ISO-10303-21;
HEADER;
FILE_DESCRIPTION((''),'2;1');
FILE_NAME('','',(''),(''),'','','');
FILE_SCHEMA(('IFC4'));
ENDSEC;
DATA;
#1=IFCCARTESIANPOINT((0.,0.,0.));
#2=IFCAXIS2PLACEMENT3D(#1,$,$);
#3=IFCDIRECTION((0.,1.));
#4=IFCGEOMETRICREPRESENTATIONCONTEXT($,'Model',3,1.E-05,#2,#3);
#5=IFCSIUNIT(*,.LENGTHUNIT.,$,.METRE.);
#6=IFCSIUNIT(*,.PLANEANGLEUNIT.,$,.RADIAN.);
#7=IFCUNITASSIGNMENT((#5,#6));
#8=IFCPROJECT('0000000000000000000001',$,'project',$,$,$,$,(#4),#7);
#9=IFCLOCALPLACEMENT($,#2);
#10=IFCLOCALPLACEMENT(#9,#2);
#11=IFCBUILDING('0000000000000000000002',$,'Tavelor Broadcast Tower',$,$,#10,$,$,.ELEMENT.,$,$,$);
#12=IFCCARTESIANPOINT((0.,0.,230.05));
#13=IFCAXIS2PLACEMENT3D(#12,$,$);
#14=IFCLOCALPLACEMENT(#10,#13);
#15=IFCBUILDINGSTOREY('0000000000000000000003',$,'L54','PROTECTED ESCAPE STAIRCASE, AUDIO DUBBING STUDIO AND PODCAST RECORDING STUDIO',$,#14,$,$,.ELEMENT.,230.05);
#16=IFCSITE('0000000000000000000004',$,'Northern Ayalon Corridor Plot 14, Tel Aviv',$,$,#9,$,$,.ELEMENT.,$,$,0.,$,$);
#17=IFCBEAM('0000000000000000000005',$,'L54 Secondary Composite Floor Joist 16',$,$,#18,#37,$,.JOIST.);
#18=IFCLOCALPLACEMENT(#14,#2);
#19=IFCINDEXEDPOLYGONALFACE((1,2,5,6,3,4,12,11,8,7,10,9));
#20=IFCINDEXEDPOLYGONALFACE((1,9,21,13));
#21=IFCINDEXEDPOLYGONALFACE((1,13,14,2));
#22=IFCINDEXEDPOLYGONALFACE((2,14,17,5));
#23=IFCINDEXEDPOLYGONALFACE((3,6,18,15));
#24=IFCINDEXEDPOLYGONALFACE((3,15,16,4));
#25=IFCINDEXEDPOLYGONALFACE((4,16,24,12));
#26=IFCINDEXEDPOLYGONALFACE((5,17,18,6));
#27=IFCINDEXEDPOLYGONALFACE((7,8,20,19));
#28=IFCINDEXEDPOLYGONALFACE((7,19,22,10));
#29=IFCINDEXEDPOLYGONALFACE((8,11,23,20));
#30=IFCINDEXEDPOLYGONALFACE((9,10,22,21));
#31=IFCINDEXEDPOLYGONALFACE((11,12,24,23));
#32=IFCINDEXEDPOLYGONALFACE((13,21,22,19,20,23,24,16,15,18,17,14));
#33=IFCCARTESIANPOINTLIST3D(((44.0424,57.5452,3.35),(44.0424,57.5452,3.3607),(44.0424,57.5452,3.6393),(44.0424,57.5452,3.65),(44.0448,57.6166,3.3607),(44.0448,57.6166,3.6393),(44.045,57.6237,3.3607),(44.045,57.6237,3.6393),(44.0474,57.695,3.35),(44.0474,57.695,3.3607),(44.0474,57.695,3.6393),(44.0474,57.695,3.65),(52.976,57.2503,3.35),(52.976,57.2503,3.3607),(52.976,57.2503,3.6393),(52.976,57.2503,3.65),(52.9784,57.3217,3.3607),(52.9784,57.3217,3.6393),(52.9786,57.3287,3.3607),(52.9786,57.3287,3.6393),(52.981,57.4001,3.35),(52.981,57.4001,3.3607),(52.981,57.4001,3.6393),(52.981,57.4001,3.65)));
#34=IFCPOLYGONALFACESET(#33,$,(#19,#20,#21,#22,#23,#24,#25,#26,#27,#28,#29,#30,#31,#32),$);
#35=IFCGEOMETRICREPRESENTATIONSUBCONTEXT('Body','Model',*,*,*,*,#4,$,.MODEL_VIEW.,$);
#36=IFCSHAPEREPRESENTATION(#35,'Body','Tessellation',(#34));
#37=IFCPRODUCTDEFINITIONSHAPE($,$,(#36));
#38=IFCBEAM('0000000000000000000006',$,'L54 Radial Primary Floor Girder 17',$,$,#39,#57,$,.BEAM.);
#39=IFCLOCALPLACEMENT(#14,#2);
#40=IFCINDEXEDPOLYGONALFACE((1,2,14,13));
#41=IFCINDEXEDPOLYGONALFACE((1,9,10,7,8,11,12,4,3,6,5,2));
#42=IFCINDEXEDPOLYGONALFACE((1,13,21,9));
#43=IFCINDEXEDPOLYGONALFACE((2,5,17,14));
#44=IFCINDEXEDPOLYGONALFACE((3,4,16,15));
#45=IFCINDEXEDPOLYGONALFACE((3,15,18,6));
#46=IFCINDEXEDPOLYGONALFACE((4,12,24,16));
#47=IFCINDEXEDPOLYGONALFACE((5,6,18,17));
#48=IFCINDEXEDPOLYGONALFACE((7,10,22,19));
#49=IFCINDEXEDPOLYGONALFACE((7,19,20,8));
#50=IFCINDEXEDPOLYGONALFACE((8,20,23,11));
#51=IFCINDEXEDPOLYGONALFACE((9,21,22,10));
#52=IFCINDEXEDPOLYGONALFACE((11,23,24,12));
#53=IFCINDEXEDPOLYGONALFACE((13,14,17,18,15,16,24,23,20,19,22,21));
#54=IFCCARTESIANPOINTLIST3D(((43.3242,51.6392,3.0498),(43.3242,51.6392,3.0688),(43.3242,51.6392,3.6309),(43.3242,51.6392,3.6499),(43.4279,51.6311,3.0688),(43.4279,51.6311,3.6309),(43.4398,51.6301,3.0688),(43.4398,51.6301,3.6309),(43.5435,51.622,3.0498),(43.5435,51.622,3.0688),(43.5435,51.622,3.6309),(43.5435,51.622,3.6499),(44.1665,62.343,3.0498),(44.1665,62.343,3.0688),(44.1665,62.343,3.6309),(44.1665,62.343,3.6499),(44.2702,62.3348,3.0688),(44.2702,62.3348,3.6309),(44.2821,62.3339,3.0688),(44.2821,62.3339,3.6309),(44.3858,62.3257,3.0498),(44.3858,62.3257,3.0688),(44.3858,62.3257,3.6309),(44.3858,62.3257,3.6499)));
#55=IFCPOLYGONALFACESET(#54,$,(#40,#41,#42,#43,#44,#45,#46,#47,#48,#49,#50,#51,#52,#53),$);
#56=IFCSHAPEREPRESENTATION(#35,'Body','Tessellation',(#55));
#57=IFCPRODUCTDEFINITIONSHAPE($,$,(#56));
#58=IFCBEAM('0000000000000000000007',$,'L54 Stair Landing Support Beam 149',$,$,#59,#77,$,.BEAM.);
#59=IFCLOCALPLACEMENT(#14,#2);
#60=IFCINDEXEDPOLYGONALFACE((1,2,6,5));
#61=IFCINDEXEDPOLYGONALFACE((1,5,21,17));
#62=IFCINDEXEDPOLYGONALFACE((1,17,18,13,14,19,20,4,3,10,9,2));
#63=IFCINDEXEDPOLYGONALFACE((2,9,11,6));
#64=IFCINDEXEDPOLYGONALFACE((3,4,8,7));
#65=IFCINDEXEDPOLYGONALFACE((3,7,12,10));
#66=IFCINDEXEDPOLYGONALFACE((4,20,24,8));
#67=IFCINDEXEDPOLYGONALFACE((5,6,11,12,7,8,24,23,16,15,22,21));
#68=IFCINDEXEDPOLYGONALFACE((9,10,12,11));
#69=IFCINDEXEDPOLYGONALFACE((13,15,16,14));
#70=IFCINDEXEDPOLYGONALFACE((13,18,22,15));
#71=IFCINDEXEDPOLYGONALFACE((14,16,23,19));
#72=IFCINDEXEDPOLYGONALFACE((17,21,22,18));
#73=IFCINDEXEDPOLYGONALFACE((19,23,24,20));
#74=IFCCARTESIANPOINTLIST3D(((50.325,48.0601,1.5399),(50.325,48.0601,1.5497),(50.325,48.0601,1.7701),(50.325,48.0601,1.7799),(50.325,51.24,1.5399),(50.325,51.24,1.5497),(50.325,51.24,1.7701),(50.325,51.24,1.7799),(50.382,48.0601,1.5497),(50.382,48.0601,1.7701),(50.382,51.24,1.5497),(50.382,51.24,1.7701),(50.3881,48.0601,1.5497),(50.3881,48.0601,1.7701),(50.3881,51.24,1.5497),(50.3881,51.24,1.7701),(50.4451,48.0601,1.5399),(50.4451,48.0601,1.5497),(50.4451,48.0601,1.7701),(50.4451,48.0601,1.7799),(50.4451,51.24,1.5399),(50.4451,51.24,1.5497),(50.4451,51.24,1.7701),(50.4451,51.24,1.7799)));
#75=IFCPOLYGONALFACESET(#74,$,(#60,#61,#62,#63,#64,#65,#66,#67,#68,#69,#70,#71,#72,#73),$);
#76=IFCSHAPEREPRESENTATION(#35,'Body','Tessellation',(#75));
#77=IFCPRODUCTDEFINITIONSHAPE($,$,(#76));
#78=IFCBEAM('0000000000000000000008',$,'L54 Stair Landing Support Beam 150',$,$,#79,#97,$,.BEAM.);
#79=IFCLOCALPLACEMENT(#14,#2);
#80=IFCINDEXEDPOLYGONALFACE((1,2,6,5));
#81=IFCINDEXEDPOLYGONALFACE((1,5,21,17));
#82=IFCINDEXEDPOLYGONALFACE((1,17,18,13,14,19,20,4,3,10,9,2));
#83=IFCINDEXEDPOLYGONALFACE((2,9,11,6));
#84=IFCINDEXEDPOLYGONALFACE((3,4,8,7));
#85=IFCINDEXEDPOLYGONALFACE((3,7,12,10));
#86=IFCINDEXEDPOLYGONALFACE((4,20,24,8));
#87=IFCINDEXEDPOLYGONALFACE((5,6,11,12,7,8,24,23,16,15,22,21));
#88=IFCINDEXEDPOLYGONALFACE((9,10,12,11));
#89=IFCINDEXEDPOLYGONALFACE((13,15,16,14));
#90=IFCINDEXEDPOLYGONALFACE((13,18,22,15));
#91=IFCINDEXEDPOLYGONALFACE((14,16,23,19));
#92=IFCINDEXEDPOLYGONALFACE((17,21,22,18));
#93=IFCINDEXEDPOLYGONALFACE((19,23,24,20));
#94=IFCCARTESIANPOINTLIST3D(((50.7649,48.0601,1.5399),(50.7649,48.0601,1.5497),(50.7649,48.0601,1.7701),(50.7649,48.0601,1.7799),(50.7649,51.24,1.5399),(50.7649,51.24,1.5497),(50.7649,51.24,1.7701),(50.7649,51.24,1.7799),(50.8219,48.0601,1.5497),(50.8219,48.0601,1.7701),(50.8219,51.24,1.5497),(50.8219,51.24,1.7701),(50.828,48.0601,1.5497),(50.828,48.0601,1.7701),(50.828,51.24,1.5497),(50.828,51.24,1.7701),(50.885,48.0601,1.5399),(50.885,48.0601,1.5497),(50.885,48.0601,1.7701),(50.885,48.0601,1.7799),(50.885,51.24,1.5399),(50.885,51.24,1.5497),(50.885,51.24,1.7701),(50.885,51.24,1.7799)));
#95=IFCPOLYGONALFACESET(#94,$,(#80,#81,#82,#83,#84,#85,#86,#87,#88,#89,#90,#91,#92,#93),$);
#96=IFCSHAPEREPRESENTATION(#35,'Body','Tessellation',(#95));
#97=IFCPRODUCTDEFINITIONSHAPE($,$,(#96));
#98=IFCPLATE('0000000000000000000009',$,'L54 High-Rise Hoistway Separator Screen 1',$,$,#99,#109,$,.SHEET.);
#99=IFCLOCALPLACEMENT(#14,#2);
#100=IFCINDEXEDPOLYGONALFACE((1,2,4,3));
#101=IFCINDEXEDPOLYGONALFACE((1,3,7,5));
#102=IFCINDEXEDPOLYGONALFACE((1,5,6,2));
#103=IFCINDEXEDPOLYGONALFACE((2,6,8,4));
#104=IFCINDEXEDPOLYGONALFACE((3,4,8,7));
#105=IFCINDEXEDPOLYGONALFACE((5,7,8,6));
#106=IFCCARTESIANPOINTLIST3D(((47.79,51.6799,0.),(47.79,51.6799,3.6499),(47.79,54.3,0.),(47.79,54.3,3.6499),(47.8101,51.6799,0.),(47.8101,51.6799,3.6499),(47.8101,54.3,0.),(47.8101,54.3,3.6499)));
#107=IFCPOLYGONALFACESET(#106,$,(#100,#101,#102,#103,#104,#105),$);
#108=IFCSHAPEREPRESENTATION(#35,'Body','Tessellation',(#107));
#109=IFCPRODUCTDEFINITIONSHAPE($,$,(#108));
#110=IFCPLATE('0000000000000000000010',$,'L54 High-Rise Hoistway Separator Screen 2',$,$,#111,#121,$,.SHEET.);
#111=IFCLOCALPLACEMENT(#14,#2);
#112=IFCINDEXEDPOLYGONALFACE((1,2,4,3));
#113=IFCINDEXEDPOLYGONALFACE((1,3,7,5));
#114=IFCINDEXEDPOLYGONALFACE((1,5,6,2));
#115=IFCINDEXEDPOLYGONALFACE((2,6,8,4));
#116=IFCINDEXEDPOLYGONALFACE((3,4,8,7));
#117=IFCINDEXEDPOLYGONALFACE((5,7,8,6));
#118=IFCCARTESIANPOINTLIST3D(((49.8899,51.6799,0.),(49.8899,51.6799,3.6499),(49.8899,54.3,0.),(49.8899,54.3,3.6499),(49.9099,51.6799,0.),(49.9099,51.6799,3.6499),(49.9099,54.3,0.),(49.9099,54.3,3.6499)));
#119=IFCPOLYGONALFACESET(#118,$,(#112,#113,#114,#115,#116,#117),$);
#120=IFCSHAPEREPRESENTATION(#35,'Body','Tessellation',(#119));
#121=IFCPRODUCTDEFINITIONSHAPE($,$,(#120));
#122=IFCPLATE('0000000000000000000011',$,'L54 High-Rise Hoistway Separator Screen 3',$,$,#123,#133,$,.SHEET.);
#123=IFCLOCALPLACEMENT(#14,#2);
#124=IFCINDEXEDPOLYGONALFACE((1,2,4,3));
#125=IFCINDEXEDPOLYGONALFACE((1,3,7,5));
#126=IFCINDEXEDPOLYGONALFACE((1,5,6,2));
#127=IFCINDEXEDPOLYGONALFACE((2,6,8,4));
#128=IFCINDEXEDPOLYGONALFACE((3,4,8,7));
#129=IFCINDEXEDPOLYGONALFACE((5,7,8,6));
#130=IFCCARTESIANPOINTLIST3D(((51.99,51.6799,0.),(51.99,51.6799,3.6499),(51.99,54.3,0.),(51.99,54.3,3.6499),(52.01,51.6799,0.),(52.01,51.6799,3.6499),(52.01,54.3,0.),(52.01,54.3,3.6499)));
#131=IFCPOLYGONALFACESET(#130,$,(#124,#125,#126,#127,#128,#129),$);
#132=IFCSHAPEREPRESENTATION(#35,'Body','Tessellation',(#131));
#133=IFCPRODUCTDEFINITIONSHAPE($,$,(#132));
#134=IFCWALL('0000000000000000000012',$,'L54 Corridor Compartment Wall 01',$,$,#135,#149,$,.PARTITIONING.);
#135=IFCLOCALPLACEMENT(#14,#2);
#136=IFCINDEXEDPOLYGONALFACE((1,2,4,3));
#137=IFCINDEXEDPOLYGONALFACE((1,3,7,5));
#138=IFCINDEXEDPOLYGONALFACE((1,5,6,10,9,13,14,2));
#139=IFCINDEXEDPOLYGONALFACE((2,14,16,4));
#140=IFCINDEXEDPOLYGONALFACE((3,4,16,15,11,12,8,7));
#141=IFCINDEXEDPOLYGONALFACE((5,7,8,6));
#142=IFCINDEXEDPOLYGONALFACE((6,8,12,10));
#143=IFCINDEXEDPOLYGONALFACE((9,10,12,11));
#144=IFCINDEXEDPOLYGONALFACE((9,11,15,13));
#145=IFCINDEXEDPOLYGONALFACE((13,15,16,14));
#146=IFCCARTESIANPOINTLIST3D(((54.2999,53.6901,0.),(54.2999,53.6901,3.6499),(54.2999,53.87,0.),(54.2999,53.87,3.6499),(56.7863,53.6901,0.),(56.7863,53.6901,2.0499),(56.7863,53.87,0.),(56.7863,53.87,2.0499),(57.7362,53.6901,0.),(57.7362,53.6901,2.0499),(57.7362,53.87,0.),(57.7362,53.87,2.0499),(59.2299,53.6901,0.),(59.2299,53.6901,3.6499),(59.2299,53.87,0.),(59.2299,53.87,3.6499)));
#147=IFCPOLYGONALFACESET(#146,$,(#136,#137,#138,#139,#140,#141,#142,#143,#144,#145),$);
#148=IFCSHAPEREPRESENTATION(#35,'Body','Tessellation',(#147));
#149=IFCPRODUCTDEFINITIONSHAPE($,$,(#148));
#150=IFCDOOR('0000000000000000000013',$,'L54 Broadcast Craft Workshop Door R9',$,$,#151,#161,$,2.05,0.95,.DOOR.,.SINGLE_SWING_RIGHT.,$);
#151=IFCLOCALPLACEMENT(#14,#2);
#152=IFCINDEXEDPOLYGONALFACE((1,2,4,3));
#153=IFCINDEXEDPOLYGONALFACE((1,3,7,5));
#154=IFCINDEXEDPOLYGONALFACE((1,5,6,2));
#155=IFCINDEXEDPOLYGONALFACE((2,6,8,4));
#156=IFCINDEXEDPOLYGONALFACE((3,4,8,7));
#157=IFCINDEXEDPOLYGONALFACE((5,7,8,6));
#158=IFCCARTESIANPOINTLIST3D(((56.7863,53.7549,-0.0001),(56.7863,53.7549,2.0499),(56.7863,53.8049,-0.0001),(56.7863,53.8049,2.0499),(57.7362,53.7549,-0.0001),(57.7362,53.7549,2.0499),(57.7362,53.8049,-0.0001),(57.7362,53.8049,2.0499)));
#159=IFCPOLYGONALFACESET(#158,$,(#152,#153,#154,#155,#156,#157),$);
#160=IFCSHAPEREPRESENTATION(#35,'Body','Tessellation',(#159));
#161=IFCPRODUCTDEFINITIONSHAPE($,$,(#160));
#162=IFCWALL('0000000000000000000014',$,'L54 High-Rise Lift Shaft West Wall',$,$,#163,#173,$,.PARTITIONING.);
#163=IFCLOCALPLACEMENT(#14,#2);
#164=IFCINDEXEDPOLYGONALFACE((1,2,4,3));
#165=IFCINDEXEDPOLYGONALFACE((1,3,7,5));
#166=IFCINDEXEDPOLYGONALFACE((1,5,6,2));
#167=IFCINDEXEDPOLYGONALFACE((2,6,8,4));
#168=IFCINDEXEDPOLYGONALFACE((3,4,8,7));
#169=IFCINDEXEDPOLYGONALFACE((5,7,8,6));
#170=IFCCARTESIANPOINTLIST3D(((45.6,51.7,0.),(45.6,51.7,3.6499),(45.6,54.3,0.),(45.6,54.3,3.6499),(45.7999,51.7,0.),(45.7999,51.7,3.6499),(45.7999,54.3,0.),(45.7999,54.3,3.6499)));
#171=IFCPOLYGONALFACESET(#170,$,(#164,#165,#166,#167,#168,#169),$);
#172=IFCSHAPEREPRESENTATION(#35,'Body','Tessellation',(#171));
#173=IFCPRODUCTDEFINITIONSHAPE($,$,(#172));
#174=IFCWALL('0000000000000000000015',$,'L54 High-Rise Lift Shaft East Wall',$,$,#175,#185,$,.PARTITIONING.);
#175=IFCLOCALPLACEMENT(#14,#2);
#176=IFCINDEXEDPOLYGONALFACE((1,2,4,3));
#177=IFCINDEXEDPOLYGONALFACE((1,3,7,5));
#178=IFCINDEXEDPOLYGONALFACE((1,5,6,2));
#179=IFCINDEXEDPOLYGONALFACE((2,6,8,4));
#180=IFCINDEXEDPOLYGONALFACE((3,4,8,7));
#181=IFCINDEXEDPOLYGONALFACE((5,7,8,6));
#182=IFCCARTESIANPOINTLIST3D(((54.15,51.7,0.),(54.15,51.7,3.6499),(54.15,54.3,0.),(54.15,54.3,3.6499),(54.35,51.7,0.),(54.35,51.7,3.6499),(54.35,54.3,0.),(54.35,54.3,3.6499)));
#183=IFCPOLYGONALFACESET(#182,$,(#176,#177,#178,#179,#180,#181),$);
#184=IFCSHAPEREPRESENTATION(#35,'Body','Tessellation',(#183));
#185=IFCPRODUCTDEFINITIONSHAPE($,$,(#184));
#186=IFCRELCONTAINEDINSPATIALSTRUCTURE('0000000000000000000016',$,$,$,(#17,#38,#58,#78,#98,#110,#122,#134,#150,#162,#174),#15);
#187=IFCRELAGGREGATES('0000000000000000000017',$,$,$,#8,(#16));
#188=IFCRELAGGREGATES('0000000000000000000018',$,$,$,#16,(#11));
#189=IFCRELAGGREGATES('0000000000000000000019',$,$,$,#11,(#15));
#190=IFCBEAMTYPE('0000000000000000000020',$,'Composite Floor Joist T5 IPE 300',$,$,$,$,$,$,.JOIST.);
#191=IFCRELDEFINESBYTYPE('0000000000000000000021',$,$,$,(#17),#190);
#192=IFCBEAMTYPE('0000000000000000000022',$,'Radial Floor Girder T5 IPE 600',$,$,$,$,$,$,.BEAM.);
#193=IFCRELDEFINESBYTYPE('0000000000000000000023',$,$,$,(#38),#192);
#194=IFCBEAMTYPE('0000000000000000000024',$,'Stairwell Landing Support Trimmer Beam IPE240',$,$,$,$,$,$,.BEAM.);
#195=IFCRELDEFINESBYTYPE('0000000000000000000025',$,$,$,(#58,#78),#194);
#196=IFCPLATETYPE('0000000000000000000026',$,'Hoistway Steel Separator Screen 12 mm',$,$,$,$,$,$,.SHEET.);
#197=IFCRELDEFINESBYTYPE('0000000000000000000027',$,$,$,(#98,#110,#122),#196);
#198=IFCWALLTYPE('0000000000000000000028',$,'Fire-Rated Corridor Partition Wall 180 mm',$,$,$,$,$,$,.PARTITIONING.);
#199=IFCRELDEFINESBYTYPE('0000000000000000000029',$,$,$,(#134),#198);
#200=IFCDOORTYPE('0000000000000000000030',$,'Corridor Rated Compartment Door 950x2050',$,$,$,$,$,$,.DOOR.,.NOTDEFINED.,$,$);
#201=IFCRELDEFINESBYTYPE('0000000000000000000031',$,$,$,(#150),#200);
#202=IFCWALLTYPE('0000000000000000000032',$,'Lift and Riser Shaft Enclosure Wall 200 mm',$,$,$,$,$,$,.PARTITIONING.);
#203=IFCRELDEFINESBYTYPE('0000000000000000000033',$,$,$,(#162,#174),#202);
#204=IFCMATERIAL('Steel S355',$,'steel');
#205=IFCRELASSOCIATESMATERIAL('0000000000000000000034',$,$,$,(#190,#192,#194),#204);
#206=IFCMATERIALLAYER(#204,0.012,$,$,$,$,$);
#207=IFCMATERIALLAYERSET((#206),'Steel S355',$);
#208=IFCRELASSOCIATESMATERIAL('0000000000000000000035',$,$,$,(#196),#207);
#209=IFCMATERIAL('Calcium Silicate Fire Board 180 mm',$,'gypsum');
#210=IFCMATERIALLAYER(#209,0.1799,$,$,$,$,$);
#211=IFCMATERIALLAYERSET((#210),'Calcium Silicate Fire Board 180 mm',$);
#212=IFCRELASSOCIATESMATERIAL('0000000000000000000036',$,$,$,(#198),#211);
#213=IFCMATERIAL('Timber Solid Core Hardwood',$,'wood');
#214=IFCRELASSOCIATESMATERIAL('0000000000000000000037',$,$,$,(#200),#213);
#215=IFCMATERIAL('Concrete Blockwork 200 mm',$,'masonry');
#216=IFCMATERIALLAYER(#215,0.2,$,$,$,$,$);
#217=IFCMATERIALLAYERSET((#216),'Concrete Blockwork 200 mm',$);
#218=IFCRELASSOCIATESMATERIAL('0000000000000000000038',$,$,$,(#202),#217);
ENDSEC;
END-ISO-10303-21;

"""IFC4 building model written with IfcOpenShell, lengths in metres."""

from ifc_helpers import new_model, si_unit, direction, frame, frame_2d, origin, origin_2d, place, context, subcontext, project, spatial, rectangle, i_section, extrude, source, transform, mapped, material, layer, layer_set, material_profile, profile_set, type_object, type_shapes, element, fill, save


model = new_model("IFC4")

# Units and contexts
model_context = context("Model", 3, precision=1e-05, world=origin(), true_north=direction((0.0, 1.0)))
body_context = subcontext(model_context, "Body", "Model", "MODEL_VIEW")
ifc_project = project(units=[si_unit("LENGTHUNIT", "METRE"), si_unit("PLANEANGLEUNIT", "RADIAN")], contexts=[model_context])

# Site, building, storey
site_placement = place(None, origin())
site = spatial("IfcSite", under=ifc_project, at=site_placement, Name="Northern Ayalon Corridor Plot 14, Tel Aviv", CompositionType="ELEMENT", RefElevation=0.0)
building_placement = place(site_placement, origin())
building = spatial("IfcBuilding", under=site, at=building_placement, Name="Tavelor Broadcast Tower", CompositionType="ELEMENT")
storey_placement = place(building_placement, frame((0.0, 0.0, 230.05)))
storey = spatial("IfcBuildingStorey", under=building, at=storey_placement, Name="L54", Description="PROTECTED ESCAPE STAIRCASE, AUDIO DUBBING STUDIO AND PODCAST RECORDING STUDIO", CompositionType="ELEMENT", Elevation=230.05)

# Beams
ifc_material_1 = material(Name="Steel S355", Category="steel")
ifc_material_profile_1 = material_profile(ifc_material_1, i_section(OverallWidth=0.1499, OverallDepth=0.3, WebThickness=0.0071, FlangeThickness=0.0107, at=origin_2d()), Name="IPE 300")
ifc_profile_set_1 = profile_set([ifc_material_profile_1], Name="Steel S355")
beam_type_1 = type_object("IfcBeamType", Name="Composite Floor Joist T5 IPE 300", PredefinedType="JOIST", material=ifc_profile_set_1)
beam_1_placement = place(storey_placement, frame((52.9785, 57.3252, 3.5), z_axis=(-0.999456, 0.032995, 0.0), x_axis=(-0.032995, -0.999456, 0.0)))
element("IfcBeam", 1, at=beam_1_placement, inside=storey, type_object=beam_type_1, Name="L54 Secondary Composite Floor Joist 16", PredefinedType="JOIST", context=body_context, shape_type="SweptSolid", body=[
    extrude(i_section(OverallWidth=0.1499, OverallDepth=0.3, WebThickness=0.0071, FlangeThickness=0.0107, at=origin_2d()), origin(), (0.0, 0.0, 1.0), 8.9385),
])
ifc_material_profile_2 = material_profile(ifc_material_1, i_section(OverallWidth=0.22, OverallDepth=0.6001, WebThickness=0.012, FlangeThickness=0.019, at=origin_2d()), Name="IPE 600")
ifc_profile_set_2 = profile_set([ifc_material_profile_2], Name="Steel S355")
beam_type_2 = type_object("IfcBeamType", Name="Radial Floor Girder T5 IPE 600", PredefinedType="BEAM", material=ifc_profile_set_2)
beam_2_placement = place(storey_placement, frame((43.4338, 51.6306, 3.3499), z_axis=(0.078449, 0.996918, 0.0), x_axis=(-0.996918, 0.078449, 0.0)))
element("IfcBeam", 2, at=beam_2_placement, inside=storey, type_object=beam_type_2, Name="L54 Radial Primary Floor Girder 17", PredefinedType="BEAM", context=body_context, shape_type="SweptSolid", body=[
    extrude(i_section(OverallWidth=0.22, OverallDepth=0.6001, WebThickness=0.012, FlangeThickness=0.019, at=origin_2d()), origin(), (0.0, 0.0, 1.0), 10.7368),
])
ifc_material_profile_3 = material_profile(ifc_material_1, i_section(OverallWidth=0.1201, OverallDepth=0.24, WebThickness=0.0061, FlangeThickness=0.0098, at=origin_2d()), Name="IPE 240")
ifc_profile_set_3 = profile_set([ifc_material_profile_3], Name="Steel S355")
beam_type_3 = type_object("IfcBeamType", Name="Stairwell Landing Support Trimmer Beam IPE240", PredefinedType="BEAM", material=ifc_profile_set_3)
for number, where, z_axis, x_axis, name in (
    (3, (50.385, 48.0601, 1.6599), (0.0, 1.0, 0.0), (-1.0, 0.0, 0.0), "L54 Stair Landing Support Beam 149"),
    (4, (50.825, 48.0601, 1.6599), (0.0, 1.0, 0.0), (-1.0, 0.0, 0.0), "L54 Stair Landing Support Beam 150"),
):
    element("IfcBeam", number, at=place(storey_placement, frame(where, z_axis=z_axis, x_axis=x_axis)), inside=storey, type_object=beam_type_3, Name=name, PredefinedType="BEAM", context=body_context, shape_type="SweptSolid", body=[
        extrude(i_section(OverallWidth=0.1201, OverallDepth=0.24, WebThickness=0.0061, FlangeThickness=0.0098, at=origin_2d()), origin(), (0.0, 0.0, 1.0), 3.1799),
    ])

# Plates
ifc_layer_1 = layer(ifc_material_1, 0.012)
ifc_layer_set_1 = layer_set([ifc_layer_1], Name="Steel S355")
plate_type = type_object("IfcPlateType", Name="Hoistway Steel Separator Screen 12 mm", PredefinedType="SHEET", material=ifc_layer_set_1)
shared_shape = source(origin(), body_context, "Body", "SweptSolid", [
    extrude(rectangle(XDim=0.02, YDim=2.6201, at=origin_2d()), origin(), (0.0, 0.0, 1.0), 3.6499),
])
type_shapes(plate_type, [shared_shape])
for number, where, z_axis, x_axis, name in (
    (5, (47.8, 52.99, 0.0), (0.0, 0.0, 1.0), (1.0, 0.0, 0.0), "L54 High-Rise Hoistway Separator Screen 1"),
    (6, (49.8999, 52.99, 0.0), (0.0, 0.0, 1.0), (1.0, 0.0, 0.0), "L54 High-Rise Hoistway Separator Screen 2"),
    (7, (52.0, 52.99, 0.0), (0.0, 0.0, 1.0), (1.0, 0.0, 0.0), "L54 High-Rise Hoistway Separator Screen 3"),
):
    element("IfcPlate", number, at=place(storey_placement, frame(where, z_axis=z_axis, x_axis=x_axis)), inside=storey, type_object=plate_type, Name=name, PredefinedType="SHEET", context=body_context, shape_type="MappedRepresentation", body=[
        mapped(shared_shape, transform((0.0, 0.0, 0.0), scale=1.0)),
    ])

# Wall, opening, door
ifc_material_2 = material(Name="Calcium Silicate Fire Board 180 mm", Category="gypsum")
ifc_layer_2 = layer(ifc_material_2, 0.1799)
ifc_layer_set_2 = layer_set([ifc_layer_2], Name="Calcium Silicate Fire Board 180 mm")
wall_type_1 = type_object("IfcWallType", Name="Fire-Rated Corridor Partition Wall 180 mm", PredefinedType="PARTITIONING", material=ifc_layer_set_2)
wall_1_placement = place(storey_placement, frame((54.3, 53.78, 0.0), z_axis=(0.0, 0.0, 1.0), x_axis=(1.0, 0.0, 0.0)))
wall_1 = element("IfcWall", 8, at=wall_1_placement, inside=storey, type_object=wall_type_1, Name="L54 Corridor Compartment Wall 01", PredefinedType="PARTITIONING", context=body_context, shape_type="SweptSolid", body=[
    extrude(rectangle(XDim=4.9299, YDim=0.1799, at=frame_2d((2.4648, 0.0))), origin(), (0.0, 0.0, 1.0), 3.6499),
])
opening_1_placement = place(wall_1_placement, frame((2.4861, 0.0, 0.0)))
opening_1 = element("IfcOpeningElement", 9, at=opening_1_placement, cuts=wall_1, PredefinedType="OPENING", context=body_context, shape_type="SweptSolid", body=[
    extrude(rectangle(XDim=0.95, YDim=2.05, at=frame_2d((0.4751, 1.0249))), frame((0.0, 0.1001, 0.0), z_axis=(0.0, -1.0, 0.0), x_axis=(1.0, 0.0, 0.0)), (0.0, 0.0, 1.0), 0.2),
])
ifc_material_3 = material(Name="Timber Solid Core Hardwood", Category="wood")
door_type_1 = type_object("IfcDoorType", Name="Corridor Rated Compartment Door 950x2050", OperationType="NOTDEFINED", PredefinedType="DOOR", material=ifc_material_3)
door_1_placement = place(opening_1_placement, origin())
door_1 = element("IfcDoor", 10, at=door_1_placement, inside=storey, type_object=door_type_1, Name="L54 Broadcast Craft Workshop Door R9", OperationType="SINGLE_SWING_RIGHT", OverallHeight=2.05, OverallWidth=0.95, PredefinedType="DOOR", context=body_context, shape_type="SweptSolid", body=[
    extrude(rectangle(XDim=0.95, YDim=2.05, at=frame_2d((0.4751, 1.0249))), frame((0.0, 0.0249, 0.0), z_axis=(0.0, -1.0, 0.0), x_axis=(1.0, 0.0, 0.0)), (0.0, 0.0, 1.0), 0.05),
])
fill(opening_1, door_1)

# Shared definitions
ifc_material_4 = material(Name="Concrete Blockwork 200 mm", Category="masonry")

# Walls
ifc_layer_3 = layer(ifc_material_4, 0.2)
ifc_layer_set_3 = layer_set([ifc_layer_3], Name="Concrete Blockwork 200 mm")
wall_type_2 = type_object("IfcWallType", Name="Lift and Riser Shaft Enclosure Wall 200 mm", PredefinedType="PARTITIONING", material=ifc_layer_set_3)
for number, where, z_axis, x_axis, name in (
    (11, (45.7, 51.7, 0.0), (0.0, 0.0, 1.0), (0.0, 1.0, 0.0), "L54 High-Rise Lift Shaft West Wall"),
    (12, (54.25, 51.7, 0.0), (0.0, 0.0, 1.0), (0.0, 1.0, 0.0), "L54 High-Rise Lift Shaft East Wall"),
):
    element("IfcWall", number, at=place(storey_placement, frame(where, z_axis=z_axis, x_axis=x_axis)), inside=storey, type_object=wall_type_2, Name=name, PredefinedType="PARTITIONING", context=body_context, shape_type="SweptSolid", body=[
        extrude(rectangle(XDim=2.6001, YDim=0.2, at=frame_2d((1.3, 0.0))), origin(), (0.0, 0.0, 1.0), 3.6499),
    ])

save(model, "model.ifc")
